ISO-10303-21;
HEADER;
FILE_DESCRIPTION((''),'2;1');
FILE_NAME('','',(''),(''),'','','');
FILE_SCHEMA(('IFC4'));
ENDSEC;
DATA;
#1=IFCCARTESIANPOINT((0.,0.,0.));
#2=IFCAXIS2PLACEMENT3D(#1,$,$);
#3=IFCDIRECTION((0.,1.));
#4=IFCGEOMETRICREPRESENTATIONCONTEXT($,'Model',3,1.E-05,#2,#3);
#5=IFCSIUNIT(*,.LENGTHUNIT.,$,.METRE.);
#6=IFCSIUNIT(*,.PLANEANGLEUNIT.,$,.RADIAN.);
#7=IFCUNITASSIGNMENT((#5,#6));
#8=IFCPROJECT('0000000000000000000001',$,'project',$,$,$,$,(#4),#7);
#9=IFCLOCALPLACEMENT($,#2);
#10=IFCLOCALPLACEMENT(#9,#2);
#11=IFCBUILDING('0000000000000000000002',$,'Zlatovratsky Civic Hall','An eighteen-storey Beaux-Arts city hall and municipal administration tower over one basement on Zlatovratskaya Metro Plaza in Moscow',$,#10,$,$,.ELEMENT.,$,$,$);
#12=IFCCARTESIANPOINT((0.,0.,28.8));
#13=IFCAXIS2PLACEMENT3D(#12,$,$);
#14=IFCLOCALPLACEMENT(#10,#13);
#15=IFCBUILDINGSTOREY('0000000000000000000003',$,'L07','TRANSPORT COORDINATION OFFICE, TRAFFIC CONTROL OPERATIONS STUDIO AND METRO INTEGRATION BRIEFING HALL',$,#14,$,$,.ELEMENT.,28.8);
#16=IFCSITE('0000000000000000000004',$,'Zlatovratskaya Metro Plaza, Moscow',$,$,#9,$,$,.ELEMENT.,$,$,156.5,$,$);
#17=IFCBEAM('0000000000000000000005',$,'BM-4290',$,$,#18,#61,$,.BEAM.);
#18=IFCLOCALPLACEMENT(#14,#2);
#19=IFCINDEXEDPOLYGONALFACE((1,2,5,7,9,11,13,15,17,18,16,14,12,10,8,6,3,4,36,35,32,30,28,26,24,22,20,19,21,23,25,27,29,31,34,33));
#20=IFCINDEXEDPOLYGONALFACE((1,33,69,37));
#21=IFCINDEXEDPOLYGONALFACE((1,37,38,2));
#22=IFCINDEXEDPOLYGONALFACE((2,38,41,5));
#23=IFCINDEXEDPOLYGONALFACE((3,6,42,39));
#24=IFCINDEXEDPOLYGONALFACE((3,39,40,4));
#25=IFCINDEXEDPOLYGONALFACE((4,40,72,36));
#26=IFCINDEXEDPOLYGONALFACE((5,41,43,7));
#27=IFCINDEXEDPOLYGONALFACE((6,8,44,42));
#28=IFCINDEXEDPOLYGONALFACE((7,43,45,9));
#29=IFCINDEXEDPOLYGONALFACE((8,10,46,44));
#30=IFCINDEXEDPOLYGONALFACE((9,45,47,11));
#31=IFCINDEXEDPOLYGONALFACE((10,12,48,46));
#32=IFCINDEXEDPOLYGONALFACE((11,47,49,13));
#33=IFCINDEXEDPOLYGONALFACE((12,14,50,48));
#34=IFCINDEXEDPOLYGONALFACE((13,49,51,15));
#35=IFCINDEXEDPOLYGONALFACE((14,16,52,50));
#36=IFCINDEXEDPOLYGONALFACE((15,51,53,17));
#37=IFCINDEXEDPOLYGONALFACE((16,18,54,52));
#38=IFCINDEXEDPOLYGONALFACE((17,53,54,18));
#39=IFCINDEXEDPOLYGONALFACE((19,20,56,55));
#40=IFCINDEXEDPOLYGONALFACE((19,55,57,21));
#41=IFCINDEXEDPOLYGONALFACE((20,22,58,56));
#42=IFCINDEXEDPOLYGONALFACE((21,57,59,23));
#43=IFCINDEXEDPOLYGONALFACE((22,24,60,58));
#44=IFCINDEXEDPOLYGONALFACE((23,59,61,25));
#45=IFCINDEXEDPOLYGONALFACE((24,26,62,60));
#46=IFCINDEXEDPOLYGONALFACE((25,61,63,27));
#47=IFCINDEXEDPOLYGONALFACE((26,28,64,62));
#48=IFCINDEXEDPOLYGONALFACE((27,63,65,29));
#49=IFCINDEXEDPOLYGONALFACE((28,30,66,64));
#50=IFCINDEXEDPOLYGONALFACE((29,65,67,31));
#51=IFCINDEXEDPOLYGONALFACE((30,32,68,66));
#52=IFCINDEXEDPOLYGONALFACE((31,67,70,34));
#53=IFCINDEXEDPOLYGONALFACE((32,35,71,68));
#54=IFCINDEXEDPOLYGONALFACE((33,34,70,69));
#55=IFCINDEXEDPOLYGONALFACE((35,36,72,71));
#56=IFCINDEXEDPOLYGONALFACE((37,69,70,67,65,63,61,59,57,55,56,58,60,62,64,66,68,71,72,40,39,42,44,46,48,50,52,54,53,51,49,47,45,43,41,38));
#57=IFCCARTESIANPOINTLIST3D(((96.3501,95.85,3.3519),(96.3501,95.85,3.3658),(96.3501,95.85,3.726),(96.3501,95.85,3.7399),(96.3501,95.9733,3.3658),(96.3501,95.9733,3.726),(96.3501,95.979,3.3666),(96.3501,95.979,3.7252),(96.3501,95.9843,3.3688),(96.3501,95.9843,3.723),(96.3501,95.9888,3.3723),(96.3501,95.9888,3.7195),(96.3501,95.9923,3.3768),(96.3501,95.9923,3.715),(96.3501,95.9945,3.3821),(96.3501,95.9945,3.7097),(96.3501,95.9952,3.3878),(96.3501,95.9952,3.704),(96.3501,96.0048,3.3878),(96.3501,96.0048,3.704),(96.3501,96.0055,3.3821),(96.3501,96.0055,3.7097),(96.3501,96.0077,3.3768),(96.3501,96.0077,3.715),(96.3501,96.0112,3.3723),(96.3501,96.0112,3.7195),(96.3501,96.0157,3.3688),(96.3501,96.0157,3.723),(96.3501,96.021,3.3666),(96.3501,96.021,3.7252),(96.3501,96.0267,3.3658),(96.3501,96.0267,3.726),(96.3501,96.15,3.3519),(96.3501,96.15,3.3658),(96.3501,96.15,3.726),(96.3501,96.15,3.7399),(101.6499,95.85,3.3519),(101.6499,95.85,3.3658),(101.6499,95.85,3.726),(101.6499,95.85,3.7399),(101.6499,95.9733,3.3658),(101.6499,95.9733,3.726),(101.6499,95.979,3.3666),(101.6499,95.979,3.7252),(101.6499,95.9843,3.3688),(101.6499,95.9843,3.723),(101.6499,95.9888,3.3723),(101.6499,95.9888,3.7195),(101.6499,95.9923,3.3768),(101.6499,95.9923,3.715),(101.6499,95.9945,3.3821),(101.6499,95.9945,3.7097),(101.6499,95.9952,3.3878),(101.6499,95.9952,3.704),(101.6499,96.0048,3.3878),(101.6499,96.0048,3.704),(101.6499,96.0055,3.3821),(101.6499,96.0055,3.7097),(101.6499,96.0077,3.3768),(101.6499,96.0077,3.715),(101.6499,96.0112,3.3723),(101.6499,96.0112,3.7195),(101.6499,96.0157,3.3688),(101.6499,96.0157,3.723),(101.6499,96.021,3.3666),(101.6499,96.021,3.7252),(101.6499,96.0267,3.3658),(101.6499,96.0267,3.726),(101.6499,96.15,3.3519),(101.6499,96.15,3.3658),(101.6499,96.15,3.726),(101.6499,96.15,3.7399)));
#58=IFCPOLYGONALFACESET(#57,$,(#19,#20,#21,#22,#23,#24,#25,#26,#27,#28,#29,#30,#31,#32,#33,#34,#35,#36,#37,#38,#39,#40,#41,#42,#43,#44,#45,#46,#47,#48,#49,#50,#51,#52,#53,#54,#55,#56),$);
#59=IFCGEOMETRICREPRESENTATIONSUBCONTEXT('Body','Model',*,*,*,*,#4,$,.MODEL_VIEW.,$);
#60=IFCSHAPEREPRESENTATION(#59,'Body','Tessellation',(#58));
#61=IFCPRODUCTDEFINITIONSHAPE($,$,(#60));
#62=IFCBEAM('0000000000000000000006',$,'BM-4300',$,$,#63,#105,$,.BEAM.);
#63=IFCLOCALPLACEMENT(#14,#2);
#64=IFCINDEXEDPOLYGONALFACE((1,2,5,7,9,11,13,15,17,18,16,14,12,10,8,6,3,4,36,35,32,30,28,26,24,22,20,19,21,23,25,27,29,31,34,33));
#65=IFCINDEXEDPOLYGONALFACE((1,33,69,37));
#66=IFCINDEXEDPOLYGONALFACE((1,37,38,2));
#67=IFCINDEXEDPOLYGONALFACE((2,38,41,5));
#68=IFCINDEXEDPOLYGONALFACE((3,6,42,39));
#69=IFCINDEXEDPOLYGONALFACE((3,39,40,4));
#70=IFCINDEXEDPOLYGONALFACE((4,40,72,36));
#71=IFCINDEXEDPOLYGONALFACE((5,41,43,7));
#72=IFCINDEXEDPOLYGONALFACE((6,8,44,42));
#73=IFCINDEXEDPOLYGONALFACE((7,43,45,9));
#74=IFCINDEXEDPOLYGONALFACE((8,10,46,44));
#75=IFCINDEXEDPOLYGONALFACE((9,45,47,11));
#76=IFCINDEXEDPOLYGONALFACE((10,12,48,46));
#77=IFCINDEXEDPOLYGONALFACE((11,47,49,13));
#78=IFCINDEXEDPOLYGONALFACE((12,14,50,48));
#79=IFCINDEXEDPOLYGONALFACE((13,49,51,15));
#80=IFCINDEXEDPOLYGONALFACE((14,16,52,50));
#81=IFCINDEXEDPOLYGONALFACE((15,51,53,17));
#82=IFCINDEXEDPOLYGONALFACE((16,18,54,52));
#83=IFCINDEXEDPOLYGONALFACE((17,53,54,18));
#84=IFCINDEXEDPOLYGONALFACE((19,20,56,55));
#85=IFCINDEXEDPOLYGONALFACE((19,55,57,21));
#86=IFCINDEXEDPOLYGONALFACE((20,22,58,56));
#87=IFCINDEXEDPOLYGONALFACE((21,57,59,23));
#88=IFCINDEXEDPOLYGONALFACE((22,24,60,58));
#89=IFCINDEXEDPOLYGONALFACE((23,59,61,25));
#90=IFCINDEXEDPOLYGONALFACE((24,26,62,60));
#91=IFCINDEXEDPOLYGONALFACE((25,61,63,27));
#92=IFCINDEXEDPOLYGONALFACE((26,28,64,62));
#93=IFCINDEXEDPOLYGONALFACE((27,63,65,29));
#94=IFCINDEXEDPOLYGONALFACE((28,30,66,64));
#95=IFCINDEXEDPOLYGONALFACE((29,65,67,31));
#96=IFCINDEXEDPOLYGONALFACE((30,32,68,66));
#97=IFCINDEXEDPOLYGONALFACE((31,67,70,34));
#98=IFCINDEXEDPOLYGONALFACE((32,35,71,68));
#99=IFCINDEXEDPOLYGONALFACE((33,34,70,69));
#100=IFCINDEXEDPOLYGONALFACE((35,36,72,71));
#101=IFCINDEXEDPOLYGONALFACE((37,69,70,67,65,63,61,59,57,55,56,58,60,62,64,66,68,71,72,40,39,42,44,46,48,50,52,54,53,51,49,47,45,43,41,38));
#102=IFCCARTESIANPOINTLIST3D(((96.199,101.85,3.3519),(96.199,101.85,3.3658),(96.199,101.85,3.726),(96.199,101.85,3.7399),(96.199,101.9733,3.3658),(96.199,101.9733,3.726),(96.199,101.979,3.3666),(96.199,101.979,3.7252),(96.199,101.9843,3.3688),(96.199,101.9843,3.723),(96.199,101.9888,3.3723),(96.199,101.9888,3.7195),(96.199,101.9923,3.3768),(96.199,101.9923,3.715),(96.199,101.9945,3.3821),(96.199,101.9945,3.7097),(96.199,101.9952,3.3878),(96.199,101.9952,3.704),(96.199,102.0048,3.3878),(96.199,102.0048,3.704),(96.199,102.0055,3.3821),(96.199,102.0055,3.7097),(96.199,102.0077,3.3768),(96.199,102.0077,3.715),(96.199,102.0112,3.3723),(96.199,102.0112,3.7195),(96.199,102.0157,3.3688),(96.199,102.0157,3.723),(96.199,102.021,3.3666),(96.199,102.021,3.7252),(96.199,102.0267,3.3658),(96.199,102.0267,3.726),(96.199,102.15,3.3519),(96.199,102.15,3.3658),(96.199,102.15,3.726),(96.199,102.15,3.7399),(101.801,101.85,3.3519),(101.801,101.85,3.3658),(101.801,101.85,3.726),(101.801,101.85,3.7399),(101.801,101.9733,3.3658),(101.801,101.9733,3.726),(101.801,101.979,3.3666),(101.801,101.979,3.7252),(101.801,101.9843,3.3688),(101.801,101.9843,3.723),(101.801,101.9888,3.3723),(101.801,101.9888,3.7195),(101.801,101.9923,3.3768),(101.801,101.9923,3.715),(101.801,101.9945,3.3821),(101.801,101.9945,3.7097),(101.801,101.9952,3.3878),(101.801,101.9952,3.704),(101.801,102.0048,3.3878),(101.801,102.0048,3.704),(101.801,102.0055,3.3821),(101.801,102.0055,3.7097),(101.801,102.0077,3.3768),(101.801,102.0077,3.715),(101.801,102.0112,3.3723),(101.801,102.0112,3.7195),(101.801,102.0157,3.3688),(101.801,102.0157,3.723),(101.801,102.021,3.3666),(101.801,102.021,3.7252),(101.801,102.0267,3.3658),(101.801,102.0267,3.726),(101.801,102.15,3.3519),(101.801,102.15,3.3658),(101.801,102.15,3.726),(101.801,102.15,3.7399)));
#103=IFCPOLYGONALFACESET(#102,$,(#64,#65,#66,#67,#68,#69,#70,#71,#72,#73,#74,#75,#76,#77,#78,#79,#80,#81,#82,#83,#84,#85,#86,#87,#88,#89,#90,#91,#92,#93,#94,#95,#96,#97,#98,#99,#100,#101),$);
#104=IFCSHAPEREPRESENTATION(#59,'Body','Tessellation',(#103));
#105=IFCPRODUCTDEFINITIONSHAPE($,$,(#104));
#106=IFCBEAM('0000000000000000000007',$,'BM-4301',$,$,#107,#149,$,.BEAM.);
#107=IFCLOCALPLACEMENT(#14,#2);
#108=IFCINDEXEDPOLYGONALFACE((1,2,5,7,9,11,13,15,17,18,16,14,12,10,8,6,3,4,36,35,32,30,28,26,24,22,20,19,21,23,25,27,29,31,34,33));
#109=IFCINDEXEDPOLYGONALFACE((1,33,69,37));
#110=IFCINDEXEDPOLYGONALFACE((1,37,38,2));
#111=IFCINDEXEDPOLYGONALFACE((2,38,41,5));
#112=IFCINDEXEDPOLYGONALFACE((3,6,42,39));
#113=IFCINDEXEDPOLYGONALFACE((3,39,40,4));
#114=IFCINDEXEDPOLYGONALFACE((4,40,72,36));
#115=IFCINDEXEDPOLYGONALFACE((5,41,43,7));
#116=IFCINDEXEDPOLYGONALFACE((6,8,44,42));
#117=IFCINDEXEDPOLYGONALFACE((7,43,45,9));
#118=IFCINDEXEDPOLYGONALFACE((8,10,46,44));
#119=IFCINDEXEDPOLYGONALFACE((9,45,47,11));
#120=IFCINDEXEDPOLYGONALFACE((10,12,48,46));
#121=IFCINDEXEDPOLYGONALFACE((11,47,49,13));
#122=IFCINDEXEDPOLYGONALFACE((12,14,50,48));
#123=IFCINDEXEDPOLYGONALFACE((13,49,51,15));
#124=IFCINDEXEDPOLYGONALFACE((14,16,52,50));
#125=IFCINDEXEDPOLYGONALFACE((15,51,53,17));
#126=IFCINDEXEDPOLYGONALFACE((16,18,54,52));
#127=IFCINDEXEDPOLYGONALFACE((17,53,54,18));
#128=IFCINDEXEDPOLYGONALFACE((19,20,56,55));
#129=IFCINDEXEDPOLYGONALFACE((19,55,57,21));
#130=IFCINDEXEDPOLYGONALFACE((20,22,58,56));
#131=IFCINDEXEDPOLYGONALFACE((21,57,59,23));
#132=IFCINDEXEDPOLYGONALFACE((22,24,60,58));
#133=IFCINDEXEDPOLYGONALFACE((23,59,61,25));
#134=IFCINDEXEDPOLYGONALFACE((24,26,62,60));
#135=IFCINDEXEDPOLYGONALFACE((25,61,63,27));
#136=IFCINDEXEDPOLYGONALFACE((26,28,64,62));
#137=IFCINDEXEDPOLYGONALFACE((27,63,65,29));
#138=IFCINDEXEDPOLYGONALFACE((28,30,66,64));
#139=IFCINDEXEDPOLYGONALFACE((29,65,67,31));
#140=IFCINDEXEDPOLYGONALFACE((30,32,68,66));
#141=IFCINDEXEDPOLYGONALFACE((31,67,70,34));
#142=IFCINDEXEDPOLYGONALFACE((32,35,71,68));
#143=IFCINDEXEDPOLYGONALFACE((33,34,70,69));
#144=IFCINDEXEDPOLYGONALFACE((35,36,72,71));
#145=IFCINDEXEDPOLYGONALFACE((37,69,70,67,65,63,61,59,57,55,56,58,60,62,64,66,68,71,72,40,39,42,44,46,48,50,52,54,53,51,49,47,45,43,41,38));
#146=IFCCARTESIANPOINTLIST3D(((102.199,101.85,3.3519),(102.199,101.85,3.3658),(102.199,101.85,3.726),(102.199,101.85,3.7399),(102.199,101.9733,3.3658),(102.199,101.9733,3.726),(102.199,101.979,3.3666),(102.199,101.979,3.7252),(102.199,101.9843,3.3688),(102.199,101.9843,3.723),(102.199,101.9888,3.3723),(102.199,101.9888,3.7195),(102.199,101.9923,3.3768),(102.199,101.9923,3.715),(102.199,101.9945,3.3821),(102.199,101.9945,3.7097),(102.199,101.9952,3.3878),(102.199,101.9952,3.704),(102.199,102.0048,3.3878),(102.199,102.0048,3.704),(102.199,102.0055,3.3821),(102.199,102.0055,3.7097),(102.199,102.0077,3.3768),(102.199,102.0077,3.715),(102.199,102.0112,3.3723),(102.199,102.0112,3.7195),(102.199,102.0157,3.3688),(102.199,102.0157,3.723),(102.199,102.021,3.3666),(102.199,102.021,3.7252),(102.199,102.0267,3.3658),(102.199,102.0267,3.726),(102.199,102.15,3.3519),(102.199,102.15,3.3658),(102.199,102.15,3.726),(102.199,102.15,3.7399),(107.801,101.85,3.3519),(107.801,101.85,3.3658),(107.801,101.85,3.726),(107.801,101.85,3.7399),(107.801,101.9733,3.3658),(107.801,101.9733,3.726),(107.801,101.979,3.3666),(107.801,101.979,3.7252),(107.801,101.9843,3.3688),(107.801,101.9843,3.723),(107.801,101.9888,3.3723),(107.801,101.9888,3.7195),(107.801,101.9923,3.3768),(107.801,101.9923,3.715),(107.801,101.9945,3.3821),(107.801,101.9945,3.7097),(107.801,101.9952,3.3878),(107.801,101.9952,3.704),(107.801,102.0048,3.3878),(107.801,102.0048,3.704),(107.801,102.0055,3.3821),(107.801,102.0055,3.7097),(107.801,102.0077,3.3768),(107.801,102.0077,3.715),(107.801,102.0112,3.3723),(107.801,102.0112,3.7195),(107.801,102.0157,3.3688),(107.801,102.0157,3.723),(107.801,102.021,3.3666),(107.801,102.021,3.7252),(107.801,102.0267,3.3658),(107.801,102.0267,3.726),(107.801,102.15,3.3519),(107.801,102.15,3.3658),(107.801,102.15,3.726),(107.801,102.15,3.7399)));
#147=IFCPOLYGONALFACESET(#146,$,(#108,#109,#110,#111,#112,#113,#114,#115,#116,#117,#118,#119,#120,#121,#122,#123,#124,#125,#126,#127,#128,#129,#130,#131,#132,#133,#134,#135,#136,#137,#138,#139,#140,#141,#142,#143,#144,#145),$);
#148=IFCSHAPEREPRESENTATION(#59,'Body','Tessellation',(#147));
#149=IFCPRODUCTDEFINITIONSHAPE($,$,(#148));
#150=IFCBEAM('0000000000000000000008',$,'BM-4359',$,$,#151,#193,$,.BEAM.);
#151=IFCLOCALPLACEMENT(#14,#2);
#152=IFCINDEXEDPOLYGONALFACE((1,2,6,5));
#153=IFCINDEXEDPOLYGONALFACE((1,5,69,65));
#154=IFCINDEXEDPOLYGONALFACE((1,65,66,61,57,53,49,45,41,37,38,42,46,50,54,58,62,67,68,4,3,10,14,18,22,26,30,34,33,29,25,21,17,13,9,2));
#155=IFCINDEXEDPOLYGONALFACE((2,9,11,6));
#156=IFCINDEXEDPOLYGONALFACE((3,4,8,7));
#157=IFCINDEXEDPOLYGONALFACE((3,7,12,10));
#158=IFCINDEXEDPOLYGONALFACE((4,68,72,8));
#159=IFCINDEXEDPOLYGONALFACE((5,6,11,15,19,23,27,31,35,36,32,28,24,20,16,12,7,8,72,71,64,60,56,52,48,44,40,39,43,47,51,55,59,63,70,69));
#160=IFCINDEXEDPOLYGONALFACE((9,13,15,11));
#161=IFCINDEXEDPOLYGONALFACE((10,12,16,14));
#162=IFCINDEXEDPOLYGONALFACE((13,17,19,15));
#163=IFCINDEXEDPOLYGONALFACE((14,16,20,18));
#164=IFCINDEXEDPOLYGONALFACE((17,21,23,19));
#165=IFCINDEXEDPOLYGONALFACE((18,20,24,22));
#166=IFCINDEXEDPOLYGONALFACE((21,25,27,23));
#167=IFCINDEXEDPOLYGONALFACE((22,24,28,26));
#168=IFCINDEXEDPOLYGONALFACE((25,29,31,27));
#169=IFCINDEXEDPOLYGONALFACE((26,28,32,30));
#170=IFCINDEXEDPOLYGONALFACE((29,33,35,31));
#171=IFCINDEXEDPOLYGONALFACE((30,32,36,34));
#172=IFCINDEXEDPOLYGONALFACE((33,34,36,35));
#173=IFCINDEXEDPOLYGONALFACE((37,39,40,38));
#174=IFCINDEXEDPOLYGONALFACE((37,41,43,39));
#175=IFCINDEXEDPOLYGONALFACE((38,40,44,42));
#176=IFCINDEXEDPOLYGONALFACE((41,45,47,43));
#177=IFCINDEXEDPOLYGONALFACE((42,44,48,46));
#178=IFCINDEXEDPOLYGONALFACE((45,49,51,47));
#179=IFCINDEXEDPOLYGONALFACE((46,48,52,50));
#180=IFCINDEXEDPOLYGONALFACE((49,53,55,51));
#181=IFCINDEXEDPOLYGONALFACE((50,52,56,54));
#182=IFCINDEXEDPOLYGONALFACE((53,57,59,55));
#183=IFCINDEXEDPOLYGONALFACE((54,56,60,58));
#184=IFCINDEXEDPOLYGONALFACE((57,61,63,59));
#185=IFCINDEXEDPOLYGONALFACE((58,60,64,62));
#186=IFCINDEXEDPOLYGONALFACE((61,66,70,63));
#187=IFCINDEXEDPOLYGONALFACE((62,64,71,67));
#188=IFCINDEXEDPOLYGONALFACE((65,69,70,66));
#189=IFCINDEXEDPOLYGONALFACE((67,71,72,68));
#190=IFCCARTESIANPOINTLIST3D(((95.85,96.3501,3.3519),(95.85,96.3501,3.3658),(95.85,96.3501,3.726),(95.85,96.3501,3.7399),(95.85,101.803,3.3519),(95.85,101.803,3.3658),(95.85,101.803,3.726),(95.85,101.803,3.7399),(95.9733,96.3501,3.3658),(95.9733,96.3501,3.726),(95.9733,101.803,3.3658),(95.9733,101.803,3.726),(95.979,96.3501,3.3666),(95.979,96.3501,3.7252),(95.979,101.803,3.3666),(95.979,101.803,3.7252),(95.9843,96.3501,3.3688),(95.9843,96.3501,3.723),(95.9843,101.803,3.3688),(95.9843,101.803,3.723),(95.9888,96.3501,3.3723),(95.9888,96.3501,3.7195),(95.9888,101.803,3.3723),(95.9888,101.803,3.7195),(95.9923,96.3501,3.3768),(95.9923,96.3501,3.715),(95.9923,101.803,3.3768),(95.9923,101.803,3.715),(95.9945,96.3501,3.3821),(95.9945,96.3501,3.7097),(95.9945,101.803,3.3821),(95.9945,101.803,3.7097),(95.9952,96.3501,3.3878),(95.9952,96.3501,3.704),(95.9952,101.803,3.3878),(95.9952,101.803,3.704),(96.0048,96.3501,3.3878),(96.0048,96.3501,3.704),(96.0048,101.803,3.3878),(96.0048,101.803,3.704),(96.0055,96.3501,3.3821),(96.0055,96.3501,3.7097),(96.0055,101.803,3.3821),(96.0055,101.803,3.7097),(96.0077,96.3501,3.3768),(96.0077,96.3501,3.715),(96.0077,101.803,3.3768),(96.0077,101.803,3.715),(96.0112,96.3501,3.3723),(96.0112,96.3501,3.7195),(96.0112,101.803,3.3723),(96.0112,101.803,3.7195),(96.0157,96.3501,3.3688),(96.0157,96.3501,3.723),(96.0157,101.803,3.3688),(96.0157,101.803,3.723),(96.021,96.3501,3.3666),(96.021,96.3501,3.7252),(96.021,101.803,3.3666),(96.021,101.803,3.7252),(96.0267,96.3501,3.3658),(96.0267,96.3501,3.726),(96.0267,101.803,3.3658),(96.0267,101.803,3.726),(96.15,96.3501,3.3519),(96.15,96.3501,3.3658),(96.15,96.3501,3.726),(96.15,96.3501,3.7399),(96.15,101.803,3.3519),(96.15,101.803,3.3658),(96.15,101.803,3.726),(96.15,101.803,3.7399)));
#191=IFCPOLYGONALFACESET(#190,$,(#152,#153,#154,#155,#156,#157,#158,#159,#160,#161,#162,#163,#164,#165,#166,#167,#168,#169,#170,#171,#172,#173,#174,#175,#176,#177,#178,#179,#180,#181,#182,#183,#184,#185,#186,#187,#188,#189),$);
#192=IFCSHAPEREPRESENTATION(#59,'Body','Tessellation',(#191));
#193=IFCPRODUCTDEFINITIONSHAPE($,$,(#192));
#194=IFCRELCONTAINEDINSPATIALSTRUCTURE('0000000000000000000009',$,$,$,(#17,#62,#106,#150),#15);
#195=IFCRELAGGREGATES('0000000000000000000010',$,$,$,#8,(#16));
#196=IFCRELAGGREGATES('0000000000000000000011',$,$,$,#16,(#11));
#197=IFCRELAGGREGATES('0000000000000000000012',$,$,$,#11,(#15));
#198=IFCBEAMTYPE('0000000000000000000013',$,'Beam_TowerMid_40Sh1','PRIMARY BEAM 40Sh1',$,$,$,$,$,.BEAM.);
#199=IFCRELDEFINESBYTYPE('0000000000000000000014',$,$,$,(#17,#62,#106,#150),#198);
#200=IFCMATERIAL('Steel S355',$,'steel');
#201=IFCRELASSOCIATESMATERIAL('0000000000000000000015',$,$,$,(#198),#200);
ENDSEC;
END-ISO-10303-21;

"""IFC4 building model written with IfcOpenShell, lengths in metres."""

from ifc_helpers import new_model, si_unit, direction, frame, origin, origin_2d, place, context, subcontext, project, spatial, i_section, extrude, material, material_profile, profile_set, type_object, element, save


model = new_model("IFC4")

# Units and contexts
model_context = context("Model", 3, precision=1e-05, world=origin(), true_north=direction((0.0, 1.0)))
body_context = subcontext(model_context, "Body", "Model", "MODEL_VIEW")
ifc_project = project(units=[si_unit("LENGTHUNIT", "METRE"), si_unit("PLANEANGLEUNIT", "RADIAN")], contexts=[model_context])

# Site, building, storey
site_placement = place(None, origin())
site = spatial("IfcSite", under=ifc_project, at=site_placement, Name="Zlatovratskaya Metro Plaza, Moscow", CompositionType="ELEMENT", RefElevation=156.5)
building_placement = place(site_placement, origin())
building = spatial("IfcBuilding", under=site, at=building_placement, Name="Zlatovratsky Civic Hall", Description="An eighteen-storey Beaux-Arts city hall and municipal administration tower over one basement on Zlatovratskaya Metro Plaza in Moscow", CompositionType="ELEMENT")
storey_placement = place(building_placement, frame((0.0, 0.0, 28.8)))
storey = spatial("IfcBuildingStorey", under=building, at=storey_placement, Name="L07", Description="TRANSPORT COORDINATION OFFICE, TRAFFIC CONTROL OPERATIONS STUDIO AND METRO INTEGRATION BRIEFING HALL", CompositionType="ELEMENT", Elevation=28.8)

# Shared definitions
ifc_material_1 = material(Name="Steel S355", Category="steel")

# Beams
ifc_material_profile_1 = material_profile(ifc_material_1, i_section(OverallWidth=0.3, OverallDepth=0.3879, WebThickness=0.0095, FlangeThickness=0.0139, FilletRadius=0.022, at=origin_2d()), Name="40Sh1")
ifc_profile_set_1 = profile_set([ifc_material_profile_1], Name="Steel S355")
beam_type_1 = type_object("IfcBeamType", Name="Beam_TowerMid_40Sh1", Description="PRIMARY BEAM 40Sh1", PredefinedType="BEAM", material=ifc_profile_set_1)
beam_1_placement = place(storey_placement, frame((96.3501, 96.0, 3.5459), z_axis=(1.0, 0.0, 0.0), x_axis=(0.0, 1.0, 0.0)))
element("IfcBeam", 1, at=beam_1_placement, inside=storey, type_object=beam_type_1, Name="BM-4290", PredefinedType="BEAM", context=body_context, shape_type="SweptSolid", body=[
    extrude(i_section(OverallWidth=0.3, OverallDepth=0.3879, WebThickness=0.0095, FlangeThickness=0.0139, FilletRadius=0.022, at=origin_2d()), origin(), (0.0, 0.0, 1.0), 5.2998),
])
for number, where, z_axis, x_axis, name in (
    (2, (96.199, 102.0, 3.5459), (1.0, 0.0, 0.0), (0.0, 1.0, 0.0), "BM-4300"),
    (3, (102.199, 102.0, 3.5459), (1.0, 0.0, 0.0), (0.0, 1.0, 0.0), "BM-4301"),
):
    element("IfcBeam", number, at=place(storey_placement, frame(where, z_axis=z_axis, x_axis=x_axis)), inside=storey, type_object=beam_type_1, Name=name, PredefinedType="BEAM", context=body_context, shape_type="SweptSolid", body=[
        extrude(i_section(OverallWidth=0.3, OverallDepth=0.3879, WebThickness=0.0095, FlangeThickness=0.0139, FilletRadius=0.022, at=origin_2d()), origin(), (0.0, 0.0, 1.0), 5.6021),
    ])
for number, where, z_axis, x_axis, name in (
    (4, (96.0, 96.3501, 3.5459), (0.0, 1.0, 0.0), (-1.0, 0.0, 0.0), "BM-4359"),
):
    element("IfcBeam", number, at=place(storey_placement, frame(where, z_axis=z_axis, x_axis=x_axis)), inside=storey, type_object=beam_type_1, Name=name, PredefinedType="BEAM", context=body_context, shape_type="SweptSolid", body=[
        extrude(i_section(OverallWidth=0.3, OverallDepth=0.3879, WebThickness=0.0095, FlangeThickness=0.0139, FilletRadius=0.022, at=origin_2d()), origin(), (0.0, 0.0, 1.0), 5.4529),
    ])

save(model, "model.ifc")
